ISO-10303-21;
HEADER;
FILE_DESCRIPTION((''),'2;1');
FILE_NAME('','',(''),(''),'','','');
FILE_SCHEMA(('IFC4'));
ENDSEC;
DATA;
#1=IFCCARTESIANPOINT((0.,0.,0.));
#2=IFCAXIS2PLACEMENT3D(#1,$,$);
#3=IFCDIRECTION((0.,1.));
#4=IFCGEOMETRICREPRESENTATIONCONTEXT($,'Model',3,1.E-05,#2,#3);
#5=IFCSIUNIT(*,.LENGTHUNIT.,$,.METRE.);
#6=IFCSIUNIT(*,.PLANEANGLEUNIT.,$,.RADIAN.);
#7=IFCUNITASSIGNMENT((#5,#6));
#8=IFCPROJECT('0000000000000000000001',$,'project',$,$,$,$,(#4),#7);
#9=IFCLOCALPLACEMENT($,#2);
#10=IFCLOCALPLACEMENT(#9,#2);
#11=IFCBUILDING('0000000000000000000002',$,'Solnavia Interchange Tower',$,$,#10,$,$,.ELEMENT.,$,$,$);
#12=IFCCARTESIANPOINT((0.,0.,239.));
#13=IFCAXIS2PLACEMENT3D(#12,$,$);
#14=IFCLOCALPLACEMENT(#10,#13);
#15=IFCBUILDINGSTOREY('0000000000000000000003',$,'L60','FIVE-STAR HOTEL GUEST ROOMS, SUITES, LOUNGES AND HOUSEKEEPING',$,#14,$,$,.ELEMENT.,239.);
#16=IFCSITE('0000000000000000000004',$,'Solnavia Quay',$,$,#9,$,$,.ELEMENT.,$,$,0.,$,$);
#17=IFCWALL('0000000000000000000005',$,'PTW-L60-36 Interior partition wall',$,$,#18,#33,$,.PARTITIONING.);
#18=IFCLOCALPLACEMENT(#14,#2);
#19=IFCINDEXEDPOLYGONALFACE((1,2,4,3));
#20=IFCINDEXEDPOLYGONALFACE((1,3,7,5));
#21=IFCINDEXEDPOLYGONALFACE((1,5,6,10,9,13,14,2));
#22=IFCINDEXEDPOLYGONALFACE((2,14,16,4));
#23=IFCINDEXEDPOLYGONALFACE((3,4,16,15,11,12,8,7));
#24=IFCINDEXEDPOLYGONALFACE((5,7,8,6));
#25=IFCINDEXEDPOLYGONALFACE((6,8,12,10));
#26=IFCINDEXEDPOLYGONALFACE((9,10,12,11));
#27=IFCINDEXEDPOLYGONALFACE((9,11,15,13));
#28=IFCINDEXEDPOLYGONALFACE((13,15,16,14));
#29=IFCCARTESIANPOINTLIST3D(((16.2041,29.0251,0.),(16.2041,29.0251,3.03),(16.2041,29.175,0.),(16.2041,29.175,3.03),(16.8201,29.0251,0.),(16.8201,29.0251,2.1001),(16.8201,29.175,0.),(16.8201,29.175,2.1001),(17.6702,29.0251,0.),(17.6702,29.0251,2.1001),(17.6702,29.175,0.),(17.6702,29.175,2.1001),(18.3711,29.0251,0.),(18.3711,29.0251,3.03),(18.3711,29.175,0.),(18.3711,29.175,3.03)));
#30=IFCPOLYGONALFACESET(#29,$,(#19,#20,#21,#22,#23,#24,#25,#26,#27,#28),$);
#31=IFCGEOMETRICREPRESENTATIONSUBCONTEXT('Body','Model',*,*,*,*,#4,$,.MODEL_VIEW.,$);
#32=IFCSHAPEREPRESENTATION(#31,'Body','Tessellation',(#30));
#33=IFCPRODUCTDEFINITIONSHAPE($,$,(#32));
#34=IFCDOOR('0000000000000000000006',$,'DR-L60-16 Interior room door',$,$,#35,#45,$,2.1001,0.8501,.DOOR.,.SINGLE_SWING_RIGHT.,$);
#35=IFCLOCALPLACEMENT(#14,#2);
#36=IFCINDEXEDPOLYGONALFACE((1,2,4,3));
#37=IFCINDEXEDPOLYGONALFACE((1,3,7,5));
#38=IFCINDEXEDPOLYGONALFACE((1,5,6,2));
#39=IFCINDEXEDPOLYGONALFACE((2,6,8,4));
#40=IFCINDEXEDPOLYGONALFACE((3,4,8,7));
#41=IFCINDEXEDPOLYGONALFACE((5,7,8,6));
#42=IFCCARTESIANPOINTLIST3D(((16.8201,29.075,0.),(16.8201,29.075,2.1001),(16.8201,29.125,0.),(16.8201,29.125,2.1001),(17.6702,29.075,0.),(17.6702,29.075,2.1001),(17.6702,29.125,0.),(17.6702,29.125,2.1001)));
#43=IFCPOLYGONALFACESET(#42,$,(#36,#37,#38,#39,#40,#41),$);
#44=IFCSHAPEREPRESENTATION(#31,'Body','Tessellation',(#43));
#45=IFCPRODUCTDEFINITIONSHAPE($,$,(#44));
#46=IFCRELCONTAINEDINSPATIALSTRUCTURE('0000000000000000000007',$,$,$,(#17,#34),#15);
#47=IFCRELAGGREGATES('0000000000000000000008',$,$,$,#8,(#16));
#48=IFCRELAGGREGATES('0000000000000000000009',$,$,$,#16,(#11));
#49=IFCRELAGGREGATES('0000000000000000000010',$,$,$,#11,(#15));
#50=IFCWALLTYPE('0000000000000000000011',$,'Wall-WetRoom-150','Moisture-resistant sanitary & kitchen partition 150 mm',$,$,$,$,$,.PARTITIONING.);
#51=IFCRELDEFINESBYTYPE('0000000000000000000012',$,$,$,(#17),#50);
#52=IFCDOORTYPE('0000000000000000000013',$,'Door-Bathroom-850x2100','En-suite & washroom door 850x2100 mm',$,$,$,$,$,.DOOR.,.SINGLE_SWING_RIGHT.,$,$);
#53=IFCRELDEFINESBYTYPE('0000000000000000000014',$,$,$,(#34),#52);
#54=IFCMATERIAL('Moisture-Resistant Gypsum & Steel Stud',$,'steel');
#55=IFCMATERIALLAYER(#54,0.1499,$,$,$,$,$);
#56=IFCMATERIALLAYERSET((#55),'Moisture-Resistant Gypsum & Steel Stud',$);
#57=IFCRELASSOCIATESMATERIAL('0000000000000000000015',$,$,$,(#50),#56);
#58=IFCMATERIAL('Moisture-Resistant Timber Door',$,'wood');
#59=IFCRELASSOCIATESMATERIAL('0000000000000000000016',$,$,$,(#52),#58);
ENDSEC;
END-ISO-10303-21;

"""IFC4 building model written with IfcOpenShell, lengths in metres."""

from ifc_helpers import new_model, si_unit, direction, frame, frame_2d, origin, place, context, subcontext, project, spatial, rectangle, extrude, material, layer, layer_set, type_object, element, fill, save


model = new_model("IFC4")

# Units and contexts
model_context = context("Model", 3, precision=1e-05, world=origin(), true_north=direction((0.0, 1.0)))
body_context = subcontext(model_context, "Body", "Model", "MODEL_VIEW")
ifc_project = project(units=[si_unit("LENGTHUNIT", "METRE"), si_unit("PLANEANGLEUNIT", "RADIAN")], contexts=[model_context])

# Site, building, storey
site_placement = place(None, origin())
site = spatial("IfcSite", under=ifc_project, at=site_placement, Name="Solnavia Quay", CompositionType="ELEMENT", RefElevation=0.0)
building_placement = place(site_placement, origin())
building = spatial("IfcBuilding", under=site, at=building_placement, Name="Solnavia Interchange Tower", CompositionType="ELEMENT")
storey_placement = place(building_placement, frame((0.0, 0.0, 239.0)))
storey = spatial("IfcBuildingStorey", under=building, at=storey_placement, Name="L60", Description="FIVE-STAR HOTEL GUEST ROOMS, SUITES, LOUNGES AND HOUSEKEEPING", CompositionType="ELEMENT", Elevation=239.0)

# Shared definitions
ifc_material_1 = material(Name="Moisture-Resistant Gypsum & Steel Stud", Category="steel")
ifc_layer_1 = layer(ifc_material_1, 0.1499)
ifc_layer_set_1 = layer_set([ifc_layer_1], Name="Moisture-Resistant Gypsum & Steel Stud")
wall_type_1 = type_object("IfcWallType", Name="Wall-WetRoom-150", Description="Moisture-resistant sanitary & kitchen partition 150 mm", PredefinedType="PARTITIONING", material=ifc_layer_set_1)
ifc_material_2 = material(Name="Moisture-Resistant Timber Door", Category="wood")
door_type_1 = type_object("IfcDoorType", Name="Door-Bathroom-850x2100", Description="En-suite & washroom door 850x2100 mm", OperationType="SINGLE_SWING_RIGHT", PredefinedType="DOOR", material=ifc_material_2)

# Wall, opening, door
wall_1_placement = place(storey_placement, frame((16.2041, 29.1001, 0.0), z_axis=(0.0, 0.0, 1.0), x_axis=(1.0, 0.0, 0.0)))
wall_1 = element("IfcWall", 1, at=wall_1_placement, inside=storey, type_object=wall_type_1, Name="PTW-L60-36 Interior partition wall", PredefinedType="PARTITIONING", context=body_context, shape_type="SweptSolid", body=[
    extrude(rectangle(XDim=2.167, YDim=0.1499, at=frame_2d((1.0835, 0.0))), origin(), (0.0, 0.0, 1.0), 3.03),
])
opening_1_placement = place(wall_1_placement, frame((0.616, 0.0, 0.0)))
opening_1 = element("IfcOpeningElement", 2, at=opening_1_placement, cuts=wall_1, PredefinedType="OPENING", context=body_context, shape_type="SweptSolid", body=[
    extrude(rectangle(XDim=0.8501, YDim=2.1001, at=frame_2d((0.425, 1.05))), frame((0.0, 0.085, 0.0), z_axis=(0.0, -1.0, 0.0), x_axis=(1.0, 0.0, 0.0)), (0.0, 0.0, 1.0), 0.1699),
])
door_1_placement = place(opening_1_placement, origin())
door_1 = element("IfcDoor", 3, at=door_1_placement, inside=storey, type_object=door_type_1, Name="DR-L60-16 Interior room door", OperationType="SINGLE_SWING_RIGHT", OverallHeight=2.1001, OverallWidth=0.8501, PredefinedType="DOOR", context=body_context, shape_type="SweptSolid", body=[
    extrude(rectangle(XDim=0.8501, YDim=2.1001, at=frame_2d((0.425, 1.05))), frame((0.0, 0.0249, 0.0), z_axis=(0.0, -1.0, 0.0), x_axis=(1.0, 0.0, 0.0)), (0.0, 0.0, 1.0), 0.05),
])
fill(opening_1, door_1)

save(model, "model.ifc")
